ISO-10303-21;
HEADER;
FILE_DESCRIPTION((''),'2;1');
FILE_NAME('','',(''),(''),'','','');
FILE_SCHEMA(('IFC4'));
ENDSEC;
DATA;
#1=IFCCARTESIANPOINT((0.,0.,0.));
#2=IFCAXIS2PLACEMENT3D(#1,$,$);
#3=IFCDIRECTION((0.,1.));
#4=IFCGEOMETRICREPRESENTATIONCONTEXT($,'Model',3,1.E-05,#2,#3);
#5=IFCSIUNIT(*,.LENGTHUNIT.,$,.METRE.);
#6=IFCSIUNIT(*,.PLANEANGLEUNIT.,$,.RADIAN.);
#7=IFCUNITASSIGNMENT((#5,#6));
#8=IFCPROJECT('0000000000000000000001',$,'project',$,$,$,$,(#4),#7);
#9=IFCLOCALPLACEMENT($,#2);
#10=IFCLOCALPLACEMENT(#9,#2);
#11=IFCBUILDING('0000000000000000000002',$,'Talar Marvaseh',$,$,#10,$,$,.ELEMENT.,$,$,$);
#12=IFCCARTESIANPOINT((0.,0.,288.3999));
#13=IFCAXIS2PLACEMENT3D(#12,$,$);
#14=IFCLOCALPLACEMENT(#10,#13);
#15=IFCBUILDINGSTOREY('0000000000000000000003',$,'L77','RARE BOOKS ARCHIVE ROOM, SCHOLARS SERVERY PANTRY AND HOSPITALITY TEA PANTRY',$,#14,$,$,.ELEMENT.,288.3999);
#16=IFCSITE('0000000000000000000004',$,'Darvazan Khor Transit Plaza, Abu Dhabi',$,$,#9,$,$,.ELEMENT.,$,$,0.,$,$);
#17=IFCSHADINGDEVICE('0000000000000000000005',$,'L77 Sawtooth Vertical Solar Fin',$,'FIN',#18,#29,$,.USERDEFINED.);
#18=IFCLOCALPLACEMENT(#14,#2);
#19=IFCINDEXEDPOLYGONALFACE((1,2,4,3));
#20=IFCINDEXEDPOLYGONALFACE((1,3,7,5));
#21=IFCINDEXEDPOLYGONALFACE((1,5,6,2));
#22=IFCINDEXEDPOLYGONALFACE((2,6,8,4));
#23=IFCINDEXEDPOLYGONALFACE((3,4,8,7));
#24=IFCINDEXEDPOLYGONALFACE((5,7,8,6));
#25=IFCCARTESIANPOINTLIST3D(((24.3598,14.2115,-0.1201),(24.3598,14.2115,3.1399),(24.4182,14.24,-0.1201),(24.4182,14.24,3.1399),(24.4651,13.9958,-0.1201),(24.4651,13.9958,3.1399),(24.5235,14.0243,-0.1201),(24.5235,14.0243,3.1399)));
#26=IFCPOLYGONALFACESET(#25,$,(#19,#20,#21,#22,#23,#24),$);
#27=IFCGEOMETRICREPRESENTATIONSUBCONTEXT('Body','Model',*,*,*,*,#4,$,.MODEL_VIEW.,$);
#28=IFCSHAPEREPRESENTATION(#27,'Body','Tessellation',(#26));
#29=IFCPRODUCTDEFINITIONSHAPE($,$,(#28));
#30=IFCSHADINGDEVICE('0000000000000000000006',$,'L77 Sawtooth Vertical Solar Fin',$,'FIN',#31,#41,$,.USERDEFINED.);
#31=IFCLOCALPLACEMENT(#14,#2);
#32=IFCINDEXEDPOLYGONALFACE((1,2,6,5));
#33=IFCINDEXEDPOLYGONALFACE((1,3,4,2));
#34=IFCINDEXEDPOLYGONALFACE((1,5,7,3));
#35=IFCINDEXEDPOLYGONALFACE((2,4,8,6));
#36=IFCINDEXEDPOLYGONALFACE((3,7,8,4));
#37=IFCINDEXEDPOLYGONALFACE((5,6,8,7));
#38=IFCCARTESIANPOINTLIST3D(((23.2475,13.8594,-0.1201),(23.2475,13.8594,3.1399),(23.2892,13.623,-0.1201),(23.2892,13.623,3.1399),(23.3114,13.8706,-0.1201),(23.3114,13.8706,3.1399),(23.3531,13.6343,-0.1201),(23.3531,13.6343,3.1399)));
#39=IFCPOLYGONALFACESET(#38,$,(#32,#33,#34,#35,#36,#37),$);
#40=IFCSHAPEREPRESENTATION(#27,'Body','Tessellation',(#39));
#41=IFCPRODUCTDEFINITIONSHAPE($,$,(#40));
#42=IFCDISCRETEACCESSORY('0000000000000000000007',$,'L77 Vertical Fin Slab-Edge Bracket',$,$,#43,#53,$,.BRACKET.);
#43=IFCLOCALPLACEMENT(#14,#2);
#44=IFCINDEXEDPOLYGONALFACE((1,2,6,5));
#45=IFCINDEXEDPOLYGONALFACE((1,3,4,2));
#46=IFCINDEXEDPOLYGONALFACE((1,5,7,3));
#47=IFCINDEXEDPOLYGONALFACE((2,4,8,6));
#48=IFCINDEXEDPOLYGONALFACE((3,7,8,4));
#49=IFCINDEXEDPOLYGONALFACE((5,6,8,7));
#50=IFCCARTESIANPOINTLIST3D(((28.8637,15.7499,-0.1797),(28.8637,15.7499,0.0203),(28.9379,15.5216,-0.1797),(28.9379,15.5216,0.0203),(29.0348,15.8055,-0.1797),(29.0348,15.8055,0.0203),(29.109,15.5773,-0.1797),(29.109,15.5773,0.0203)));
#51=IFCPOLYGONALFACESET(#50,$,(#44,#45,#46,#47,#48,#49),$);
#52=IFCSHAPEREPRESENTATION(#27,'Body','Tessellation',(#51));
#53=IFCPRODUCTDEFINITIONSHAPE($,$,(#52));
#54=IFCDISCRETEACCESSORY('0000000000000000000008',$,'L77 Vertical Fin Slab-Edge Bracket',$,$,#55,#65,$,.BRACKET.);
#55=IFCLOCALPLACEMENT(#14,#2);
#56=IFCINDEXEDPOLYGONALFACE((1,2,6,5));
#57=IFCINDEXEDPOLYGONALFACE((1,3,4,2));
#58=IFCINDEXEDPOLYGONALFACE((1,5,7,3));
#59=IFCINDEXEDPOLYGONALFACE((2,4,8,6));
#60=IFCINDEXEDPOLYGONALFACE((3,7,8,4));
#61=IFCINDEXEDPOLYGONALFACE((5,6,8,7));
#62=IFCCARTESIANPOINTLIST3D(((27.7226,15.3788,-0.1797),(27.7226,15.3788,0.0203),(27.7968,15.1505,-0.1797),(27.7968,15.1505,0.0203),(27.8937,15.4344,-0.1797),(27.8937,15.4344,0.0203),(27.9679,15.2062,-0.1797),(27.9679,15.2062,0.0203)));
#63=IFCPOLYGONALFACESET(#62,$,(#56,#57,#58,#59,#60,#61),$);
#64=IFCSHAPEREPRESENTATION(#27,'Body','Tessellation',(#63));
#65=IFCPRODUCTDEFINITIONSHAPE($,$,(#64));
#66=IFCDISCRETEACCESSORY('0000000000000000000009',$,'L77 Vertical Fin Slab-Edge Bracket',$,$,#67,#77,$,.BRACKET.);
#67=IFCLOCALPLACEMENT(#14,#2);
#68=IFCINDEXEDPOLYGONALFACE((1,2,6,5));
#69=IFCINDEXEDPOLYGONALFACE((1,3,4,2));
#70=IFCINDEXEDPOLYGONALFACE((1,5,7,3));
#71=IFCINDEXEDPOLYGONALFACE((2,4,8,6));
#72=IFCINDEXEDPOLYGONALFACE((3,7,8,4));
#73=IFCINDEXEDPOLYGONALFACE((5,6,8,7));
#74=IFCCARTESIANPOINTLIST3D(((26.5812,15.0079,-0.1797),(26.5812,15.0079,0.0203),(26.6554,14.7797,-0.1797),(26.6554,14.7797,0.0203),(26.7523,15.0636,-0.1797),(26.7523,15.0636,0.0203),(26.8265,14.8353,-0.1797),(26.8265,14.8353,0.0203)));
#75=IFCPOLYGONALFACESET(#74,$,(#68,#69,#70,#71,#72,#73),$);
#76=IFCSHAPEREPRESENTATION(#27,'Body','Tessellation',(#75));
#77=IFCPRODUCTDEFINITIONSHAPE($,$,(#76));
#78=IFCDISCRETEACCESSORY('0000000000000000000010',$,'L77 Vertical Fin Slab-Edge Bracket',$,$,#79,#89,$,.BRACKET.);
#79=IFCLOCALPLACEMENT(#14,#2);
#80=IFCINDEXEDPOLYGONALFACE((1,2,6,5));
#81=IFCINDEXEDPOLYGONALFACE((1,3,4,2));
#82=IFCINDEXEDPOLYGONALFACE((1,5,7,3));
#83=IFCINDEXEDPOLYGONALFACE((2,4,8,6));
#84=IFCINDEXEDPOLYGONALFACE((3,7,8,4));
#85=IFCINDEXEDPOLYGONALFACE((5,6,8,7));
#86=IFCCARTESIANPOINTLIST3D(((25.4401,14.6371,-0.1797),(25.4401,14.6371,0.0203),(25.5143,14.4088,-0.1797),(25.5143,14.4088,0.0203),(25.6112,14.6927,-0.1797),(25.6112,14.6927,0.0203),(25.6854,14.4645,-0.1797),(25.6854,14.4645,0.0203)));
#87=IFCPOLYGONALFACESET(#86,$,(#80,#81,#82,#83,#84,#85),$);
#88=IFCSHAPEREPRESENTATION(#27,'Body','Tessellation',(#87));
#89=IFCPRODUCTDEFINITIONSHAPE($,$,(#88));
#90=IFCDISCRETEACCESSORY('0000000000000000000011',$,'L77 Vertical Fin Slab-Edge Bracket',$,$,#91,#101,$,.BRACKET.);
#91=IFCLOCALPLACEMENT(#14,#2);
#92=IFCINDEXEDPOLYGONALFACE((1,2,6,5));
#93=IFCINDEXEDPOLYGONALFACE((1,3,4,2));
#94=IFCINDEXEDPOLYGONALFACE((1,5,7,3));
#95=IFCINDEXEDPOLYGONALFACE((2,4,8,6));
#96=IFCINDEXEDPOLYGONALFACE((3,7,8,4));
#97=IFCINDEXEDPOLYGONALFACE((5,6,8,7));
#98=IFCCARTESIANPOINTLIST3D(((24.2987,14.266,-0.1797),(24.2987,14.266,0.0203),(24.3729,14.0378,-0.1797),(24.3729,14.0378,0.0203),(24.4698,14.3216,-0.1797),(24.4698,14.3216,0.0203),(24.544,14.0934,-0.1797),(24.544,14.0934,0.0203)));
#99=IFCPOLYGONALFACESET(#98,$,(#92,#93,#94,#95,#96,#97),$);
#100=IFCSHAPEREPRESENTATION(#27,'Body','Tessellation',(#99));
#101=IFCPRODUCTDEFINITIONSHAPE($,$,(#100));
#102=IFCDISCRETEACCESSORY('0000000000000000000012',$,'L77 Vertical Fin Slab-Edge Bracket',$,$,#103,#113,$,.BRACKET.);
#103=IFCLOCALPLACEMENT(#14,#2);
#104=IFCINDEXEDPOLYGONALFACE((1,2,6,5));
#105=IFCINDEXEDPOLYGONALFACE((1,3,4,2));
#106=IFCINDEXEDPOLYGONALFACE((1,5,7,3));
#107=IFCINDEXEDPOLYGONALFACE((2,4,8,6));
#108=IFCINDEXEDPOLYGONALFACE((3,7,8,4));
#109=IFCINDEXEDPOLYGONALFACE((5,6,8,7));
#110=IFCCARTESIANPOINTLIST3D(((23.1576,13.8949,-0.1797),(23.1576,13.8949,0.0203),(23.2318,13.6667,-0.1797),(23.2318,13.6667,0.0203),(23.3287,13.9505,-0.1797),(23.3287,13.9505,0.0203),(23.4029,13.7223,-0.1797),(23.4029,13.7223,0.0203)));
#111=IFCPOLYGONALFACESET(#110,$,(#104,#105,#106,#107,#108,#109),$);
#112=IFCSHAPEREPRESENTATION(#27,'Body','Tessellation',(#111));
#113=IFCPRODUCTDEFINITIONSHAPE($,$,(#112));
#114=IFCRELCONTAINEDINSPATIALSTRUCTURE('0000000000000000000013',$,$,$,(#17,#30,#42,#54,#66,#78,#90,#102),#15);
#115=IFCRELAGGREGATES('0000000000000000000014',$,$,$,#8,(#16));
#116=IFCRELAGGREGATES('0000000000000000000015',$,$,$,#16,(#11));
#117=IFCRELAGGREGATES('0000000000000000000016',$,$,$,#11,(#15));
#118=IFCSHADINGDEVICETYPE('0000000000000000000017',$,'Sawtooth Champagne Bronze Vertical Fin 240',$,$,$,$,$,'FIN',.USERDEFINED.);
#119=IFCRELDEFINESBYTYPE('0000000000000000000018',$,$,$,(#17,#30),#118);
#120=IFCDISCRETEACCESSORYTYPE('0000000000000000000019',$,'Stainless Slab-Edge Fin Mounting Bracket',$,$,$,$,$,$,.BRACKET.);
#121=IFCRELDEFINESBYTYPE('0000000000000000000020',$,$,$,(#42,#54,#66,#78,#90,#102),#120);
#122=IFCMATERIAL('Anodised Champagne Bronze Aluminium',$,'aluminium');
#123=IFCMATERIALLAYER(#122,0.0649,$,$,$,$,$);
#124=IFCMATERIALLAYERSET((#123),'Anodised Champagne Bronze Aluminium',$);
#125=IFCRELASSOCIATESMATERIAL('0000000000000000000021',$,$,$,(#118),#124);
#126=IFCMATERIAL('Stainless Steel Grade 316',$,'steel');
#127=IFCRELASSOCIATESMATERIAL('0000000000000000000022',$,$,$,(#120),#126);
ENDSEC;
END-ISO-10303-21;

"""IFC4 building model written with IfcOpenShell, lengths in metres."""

from ifc_helpers import new_model, si_unit, direction, frame, origin, origin_2d, place, context, subcontext, project, spatial, rectangle, extrude, source, transform, mapped, material, layer, layer_set, type_object, type_shapes, element, save


model = new_model("IFC4")

# Units and contexts
model_context = context("Model", 3, precision=1e-05, world=origin(), true_north=direction((0.0, 1.0)))
body_context = subcontext(model_context, "Body", "Model", "MODEL_VIEW")
ifc_project = project(units=[si_unit("LENGTHUNIT", "METRE"), si_unit("PLANEANGLEUNIT", "RADIAN")], contexts=[model_context])

# Site, building, storey
site_placement = place(None, origin())
site = spatial("IfcSite", under=ifc_project, at=site_placement, Name="Darvazan Khor Transit Plaza, Abu Dhabi", CompositionType="ELEMENT", RefElevation=0.0)
building_placement = place(site_placement, origin())
building = spatial("IfcBuilding", under=site, at=building_placement, Name="Talar Marvaseh", CompositionType="ELEMENT")
storey_placement = place(building_placement, frame((0.0, 0.0, 288.3999)))
storey = spatial("IfcBuildingStorey", under=building, at=storey_placement, Name="L77", Description="RARE BOOKS ARCHIVE ROOM, SCHOLARS SERVERY PANTRY AND HOSPITALITY TEA PANTRY", CompositionType="ELEMENT", Elevation=288.3999)

# Shading devices
ifc_material_1 = material(Name="Anodised Champagne Bronze Aluminium", Category="aluminium")
ifc_layer_1 = layer(ifc_material_1, 0.0649)
ifc_layer_set_1 = layer_set([ifc_layer_1], Name="Anodised Champagne Bronze Aluminium")
shading_device_type = type_object("IfcShadingDeviceType", Name="Sawtooth Champagne Bronze Vertical Fin 240", ElementType="FIN", PredefinedType="USERDEFINED", material=ifc_layer_set_1)
shared_shape_1 = source(origin(), body_context, "Body", "SweptSolid", [
    extrude(rectangle(XDim=0.24, YDim=0.0649, at=origin_2d()), origin(), (0.0, 0.0, 1.0), 3.26),
])
type_shapes(shading_device_type, [shared_shape_1])
for number, where, z_axis, x_axis, name in (
    (1, (24.4417, 14.1179, -0.1201), (0.0, 0.0, 1.0), (0.438528, -0.898718, 0.0), "L77 Sawtooth Vertical Solar Fin"),
    (2, (23.3003, 13.7468, -0.1201), (0.0, 0.0, 1.0), (0.17382, -0.984777, 0.0), "L77 Sawtooth Vertical Solar Fin"),
):
    element("IfcShadingDevice", number, at=place(storey_placement, frame(where, z_axis=z_axis, x_axis=x_axis)), inside=storey, type_object=shading_device_type, Name=name, ObjectType="FIN", PredefinedType="USERDEFINED", context=body_context, shape_type="MappedRepresentation", body=[
        mapped(shared_shape_1, transform((0.0, 0.0, 0.0), x_axis=(1.0, 0.0, 0.0), y_axis=(0.0, 1.0, 0.0), z_axis=(0.0, 0.0, 1.0), scale=1.0)),
    ])

# Discrete accessories
ifc_material_2 = material(Name="Stainless Steel Grade 316", Category="steel")
discrete_accessory_type = type_object("IfcDiscreteAccessoryType", Name="Stainless Slab-Edge Fin Mounting Bracket", PredefinedType="BRACKET", material=ifc_material_2)
shared_shape_2 = source(origin(), body_context, "Body", "SweptSolid", [
    extrude(rectangle(XDim=0.24, YDim=0.1799, at=origin_2d()), origin(), (0.0, 0.0, 1.0), 0.2),
])
type_shapes(discrete_accessory_type, [shared_shape_2])
for number, where, z_axis, x_axis, name in (
    (3, (28.9863, 15.6636, -0.1797), (0.0, 0.0, 1.0), (0.309183, -0.951003, 0.0), "L77 Vertical Fin Slab-Edge Bracket"),
    (4, (27.8452, 15.2925, -0.1797), (0.0, 0.0, 1.0), (0.309183, -0.951003, 0.0), "L77 Vertical Fin Slab-Edge Bracket"),
    (5, (26.7039, 14.9216, -0.1797), (0.0, 0.0, 1.0), (0.309183, -0.951003, 0.0), "L77 Vertical Fin Slab-Edge Bracket"),
    (6, (25.5627, 14.5508, -0.1797), (0.0, 0.0, 1.0), (0.309183, -0.951003, 0.0), "L77 Vertical Fin Slab-Edge Bracket"),
    (7, (24.4214, 14.1797, -0.1797), (0.0, 0.0, 1.0), (0.309183, -0.951003, 0.0), "L77 Vertical Fin Slab-Edge Bracket"),
    (8, (23.2803, 13.8086, -0.1797), (0.0, 0.0, 1.0), (0.309183, -0.951003, 0.0), "L77 Vertical Fin Slab-Edge Bracket"),
):
    element("IfcDiscreteAccessory", number, at=place(storey_placement, frame(where, z_axis=z_axis, x_axis=x_axis)), inside=storey, type_object=discrete_accessory_type, Name=name, PredefinedType="BRACKET", context=body_context, shape_type="MappedRepresentation", body=[
        mapped(shared_shape_2, transform((0.0, 0.0, 0.0), x_axis=(1.0, 0.0, 0.0), y_axis=(0.0, 1.0, 0.0), z_axis=(0.0, 0.0, 1.0), scale=1.0)),
    ])

save(model, "model.ifc")
